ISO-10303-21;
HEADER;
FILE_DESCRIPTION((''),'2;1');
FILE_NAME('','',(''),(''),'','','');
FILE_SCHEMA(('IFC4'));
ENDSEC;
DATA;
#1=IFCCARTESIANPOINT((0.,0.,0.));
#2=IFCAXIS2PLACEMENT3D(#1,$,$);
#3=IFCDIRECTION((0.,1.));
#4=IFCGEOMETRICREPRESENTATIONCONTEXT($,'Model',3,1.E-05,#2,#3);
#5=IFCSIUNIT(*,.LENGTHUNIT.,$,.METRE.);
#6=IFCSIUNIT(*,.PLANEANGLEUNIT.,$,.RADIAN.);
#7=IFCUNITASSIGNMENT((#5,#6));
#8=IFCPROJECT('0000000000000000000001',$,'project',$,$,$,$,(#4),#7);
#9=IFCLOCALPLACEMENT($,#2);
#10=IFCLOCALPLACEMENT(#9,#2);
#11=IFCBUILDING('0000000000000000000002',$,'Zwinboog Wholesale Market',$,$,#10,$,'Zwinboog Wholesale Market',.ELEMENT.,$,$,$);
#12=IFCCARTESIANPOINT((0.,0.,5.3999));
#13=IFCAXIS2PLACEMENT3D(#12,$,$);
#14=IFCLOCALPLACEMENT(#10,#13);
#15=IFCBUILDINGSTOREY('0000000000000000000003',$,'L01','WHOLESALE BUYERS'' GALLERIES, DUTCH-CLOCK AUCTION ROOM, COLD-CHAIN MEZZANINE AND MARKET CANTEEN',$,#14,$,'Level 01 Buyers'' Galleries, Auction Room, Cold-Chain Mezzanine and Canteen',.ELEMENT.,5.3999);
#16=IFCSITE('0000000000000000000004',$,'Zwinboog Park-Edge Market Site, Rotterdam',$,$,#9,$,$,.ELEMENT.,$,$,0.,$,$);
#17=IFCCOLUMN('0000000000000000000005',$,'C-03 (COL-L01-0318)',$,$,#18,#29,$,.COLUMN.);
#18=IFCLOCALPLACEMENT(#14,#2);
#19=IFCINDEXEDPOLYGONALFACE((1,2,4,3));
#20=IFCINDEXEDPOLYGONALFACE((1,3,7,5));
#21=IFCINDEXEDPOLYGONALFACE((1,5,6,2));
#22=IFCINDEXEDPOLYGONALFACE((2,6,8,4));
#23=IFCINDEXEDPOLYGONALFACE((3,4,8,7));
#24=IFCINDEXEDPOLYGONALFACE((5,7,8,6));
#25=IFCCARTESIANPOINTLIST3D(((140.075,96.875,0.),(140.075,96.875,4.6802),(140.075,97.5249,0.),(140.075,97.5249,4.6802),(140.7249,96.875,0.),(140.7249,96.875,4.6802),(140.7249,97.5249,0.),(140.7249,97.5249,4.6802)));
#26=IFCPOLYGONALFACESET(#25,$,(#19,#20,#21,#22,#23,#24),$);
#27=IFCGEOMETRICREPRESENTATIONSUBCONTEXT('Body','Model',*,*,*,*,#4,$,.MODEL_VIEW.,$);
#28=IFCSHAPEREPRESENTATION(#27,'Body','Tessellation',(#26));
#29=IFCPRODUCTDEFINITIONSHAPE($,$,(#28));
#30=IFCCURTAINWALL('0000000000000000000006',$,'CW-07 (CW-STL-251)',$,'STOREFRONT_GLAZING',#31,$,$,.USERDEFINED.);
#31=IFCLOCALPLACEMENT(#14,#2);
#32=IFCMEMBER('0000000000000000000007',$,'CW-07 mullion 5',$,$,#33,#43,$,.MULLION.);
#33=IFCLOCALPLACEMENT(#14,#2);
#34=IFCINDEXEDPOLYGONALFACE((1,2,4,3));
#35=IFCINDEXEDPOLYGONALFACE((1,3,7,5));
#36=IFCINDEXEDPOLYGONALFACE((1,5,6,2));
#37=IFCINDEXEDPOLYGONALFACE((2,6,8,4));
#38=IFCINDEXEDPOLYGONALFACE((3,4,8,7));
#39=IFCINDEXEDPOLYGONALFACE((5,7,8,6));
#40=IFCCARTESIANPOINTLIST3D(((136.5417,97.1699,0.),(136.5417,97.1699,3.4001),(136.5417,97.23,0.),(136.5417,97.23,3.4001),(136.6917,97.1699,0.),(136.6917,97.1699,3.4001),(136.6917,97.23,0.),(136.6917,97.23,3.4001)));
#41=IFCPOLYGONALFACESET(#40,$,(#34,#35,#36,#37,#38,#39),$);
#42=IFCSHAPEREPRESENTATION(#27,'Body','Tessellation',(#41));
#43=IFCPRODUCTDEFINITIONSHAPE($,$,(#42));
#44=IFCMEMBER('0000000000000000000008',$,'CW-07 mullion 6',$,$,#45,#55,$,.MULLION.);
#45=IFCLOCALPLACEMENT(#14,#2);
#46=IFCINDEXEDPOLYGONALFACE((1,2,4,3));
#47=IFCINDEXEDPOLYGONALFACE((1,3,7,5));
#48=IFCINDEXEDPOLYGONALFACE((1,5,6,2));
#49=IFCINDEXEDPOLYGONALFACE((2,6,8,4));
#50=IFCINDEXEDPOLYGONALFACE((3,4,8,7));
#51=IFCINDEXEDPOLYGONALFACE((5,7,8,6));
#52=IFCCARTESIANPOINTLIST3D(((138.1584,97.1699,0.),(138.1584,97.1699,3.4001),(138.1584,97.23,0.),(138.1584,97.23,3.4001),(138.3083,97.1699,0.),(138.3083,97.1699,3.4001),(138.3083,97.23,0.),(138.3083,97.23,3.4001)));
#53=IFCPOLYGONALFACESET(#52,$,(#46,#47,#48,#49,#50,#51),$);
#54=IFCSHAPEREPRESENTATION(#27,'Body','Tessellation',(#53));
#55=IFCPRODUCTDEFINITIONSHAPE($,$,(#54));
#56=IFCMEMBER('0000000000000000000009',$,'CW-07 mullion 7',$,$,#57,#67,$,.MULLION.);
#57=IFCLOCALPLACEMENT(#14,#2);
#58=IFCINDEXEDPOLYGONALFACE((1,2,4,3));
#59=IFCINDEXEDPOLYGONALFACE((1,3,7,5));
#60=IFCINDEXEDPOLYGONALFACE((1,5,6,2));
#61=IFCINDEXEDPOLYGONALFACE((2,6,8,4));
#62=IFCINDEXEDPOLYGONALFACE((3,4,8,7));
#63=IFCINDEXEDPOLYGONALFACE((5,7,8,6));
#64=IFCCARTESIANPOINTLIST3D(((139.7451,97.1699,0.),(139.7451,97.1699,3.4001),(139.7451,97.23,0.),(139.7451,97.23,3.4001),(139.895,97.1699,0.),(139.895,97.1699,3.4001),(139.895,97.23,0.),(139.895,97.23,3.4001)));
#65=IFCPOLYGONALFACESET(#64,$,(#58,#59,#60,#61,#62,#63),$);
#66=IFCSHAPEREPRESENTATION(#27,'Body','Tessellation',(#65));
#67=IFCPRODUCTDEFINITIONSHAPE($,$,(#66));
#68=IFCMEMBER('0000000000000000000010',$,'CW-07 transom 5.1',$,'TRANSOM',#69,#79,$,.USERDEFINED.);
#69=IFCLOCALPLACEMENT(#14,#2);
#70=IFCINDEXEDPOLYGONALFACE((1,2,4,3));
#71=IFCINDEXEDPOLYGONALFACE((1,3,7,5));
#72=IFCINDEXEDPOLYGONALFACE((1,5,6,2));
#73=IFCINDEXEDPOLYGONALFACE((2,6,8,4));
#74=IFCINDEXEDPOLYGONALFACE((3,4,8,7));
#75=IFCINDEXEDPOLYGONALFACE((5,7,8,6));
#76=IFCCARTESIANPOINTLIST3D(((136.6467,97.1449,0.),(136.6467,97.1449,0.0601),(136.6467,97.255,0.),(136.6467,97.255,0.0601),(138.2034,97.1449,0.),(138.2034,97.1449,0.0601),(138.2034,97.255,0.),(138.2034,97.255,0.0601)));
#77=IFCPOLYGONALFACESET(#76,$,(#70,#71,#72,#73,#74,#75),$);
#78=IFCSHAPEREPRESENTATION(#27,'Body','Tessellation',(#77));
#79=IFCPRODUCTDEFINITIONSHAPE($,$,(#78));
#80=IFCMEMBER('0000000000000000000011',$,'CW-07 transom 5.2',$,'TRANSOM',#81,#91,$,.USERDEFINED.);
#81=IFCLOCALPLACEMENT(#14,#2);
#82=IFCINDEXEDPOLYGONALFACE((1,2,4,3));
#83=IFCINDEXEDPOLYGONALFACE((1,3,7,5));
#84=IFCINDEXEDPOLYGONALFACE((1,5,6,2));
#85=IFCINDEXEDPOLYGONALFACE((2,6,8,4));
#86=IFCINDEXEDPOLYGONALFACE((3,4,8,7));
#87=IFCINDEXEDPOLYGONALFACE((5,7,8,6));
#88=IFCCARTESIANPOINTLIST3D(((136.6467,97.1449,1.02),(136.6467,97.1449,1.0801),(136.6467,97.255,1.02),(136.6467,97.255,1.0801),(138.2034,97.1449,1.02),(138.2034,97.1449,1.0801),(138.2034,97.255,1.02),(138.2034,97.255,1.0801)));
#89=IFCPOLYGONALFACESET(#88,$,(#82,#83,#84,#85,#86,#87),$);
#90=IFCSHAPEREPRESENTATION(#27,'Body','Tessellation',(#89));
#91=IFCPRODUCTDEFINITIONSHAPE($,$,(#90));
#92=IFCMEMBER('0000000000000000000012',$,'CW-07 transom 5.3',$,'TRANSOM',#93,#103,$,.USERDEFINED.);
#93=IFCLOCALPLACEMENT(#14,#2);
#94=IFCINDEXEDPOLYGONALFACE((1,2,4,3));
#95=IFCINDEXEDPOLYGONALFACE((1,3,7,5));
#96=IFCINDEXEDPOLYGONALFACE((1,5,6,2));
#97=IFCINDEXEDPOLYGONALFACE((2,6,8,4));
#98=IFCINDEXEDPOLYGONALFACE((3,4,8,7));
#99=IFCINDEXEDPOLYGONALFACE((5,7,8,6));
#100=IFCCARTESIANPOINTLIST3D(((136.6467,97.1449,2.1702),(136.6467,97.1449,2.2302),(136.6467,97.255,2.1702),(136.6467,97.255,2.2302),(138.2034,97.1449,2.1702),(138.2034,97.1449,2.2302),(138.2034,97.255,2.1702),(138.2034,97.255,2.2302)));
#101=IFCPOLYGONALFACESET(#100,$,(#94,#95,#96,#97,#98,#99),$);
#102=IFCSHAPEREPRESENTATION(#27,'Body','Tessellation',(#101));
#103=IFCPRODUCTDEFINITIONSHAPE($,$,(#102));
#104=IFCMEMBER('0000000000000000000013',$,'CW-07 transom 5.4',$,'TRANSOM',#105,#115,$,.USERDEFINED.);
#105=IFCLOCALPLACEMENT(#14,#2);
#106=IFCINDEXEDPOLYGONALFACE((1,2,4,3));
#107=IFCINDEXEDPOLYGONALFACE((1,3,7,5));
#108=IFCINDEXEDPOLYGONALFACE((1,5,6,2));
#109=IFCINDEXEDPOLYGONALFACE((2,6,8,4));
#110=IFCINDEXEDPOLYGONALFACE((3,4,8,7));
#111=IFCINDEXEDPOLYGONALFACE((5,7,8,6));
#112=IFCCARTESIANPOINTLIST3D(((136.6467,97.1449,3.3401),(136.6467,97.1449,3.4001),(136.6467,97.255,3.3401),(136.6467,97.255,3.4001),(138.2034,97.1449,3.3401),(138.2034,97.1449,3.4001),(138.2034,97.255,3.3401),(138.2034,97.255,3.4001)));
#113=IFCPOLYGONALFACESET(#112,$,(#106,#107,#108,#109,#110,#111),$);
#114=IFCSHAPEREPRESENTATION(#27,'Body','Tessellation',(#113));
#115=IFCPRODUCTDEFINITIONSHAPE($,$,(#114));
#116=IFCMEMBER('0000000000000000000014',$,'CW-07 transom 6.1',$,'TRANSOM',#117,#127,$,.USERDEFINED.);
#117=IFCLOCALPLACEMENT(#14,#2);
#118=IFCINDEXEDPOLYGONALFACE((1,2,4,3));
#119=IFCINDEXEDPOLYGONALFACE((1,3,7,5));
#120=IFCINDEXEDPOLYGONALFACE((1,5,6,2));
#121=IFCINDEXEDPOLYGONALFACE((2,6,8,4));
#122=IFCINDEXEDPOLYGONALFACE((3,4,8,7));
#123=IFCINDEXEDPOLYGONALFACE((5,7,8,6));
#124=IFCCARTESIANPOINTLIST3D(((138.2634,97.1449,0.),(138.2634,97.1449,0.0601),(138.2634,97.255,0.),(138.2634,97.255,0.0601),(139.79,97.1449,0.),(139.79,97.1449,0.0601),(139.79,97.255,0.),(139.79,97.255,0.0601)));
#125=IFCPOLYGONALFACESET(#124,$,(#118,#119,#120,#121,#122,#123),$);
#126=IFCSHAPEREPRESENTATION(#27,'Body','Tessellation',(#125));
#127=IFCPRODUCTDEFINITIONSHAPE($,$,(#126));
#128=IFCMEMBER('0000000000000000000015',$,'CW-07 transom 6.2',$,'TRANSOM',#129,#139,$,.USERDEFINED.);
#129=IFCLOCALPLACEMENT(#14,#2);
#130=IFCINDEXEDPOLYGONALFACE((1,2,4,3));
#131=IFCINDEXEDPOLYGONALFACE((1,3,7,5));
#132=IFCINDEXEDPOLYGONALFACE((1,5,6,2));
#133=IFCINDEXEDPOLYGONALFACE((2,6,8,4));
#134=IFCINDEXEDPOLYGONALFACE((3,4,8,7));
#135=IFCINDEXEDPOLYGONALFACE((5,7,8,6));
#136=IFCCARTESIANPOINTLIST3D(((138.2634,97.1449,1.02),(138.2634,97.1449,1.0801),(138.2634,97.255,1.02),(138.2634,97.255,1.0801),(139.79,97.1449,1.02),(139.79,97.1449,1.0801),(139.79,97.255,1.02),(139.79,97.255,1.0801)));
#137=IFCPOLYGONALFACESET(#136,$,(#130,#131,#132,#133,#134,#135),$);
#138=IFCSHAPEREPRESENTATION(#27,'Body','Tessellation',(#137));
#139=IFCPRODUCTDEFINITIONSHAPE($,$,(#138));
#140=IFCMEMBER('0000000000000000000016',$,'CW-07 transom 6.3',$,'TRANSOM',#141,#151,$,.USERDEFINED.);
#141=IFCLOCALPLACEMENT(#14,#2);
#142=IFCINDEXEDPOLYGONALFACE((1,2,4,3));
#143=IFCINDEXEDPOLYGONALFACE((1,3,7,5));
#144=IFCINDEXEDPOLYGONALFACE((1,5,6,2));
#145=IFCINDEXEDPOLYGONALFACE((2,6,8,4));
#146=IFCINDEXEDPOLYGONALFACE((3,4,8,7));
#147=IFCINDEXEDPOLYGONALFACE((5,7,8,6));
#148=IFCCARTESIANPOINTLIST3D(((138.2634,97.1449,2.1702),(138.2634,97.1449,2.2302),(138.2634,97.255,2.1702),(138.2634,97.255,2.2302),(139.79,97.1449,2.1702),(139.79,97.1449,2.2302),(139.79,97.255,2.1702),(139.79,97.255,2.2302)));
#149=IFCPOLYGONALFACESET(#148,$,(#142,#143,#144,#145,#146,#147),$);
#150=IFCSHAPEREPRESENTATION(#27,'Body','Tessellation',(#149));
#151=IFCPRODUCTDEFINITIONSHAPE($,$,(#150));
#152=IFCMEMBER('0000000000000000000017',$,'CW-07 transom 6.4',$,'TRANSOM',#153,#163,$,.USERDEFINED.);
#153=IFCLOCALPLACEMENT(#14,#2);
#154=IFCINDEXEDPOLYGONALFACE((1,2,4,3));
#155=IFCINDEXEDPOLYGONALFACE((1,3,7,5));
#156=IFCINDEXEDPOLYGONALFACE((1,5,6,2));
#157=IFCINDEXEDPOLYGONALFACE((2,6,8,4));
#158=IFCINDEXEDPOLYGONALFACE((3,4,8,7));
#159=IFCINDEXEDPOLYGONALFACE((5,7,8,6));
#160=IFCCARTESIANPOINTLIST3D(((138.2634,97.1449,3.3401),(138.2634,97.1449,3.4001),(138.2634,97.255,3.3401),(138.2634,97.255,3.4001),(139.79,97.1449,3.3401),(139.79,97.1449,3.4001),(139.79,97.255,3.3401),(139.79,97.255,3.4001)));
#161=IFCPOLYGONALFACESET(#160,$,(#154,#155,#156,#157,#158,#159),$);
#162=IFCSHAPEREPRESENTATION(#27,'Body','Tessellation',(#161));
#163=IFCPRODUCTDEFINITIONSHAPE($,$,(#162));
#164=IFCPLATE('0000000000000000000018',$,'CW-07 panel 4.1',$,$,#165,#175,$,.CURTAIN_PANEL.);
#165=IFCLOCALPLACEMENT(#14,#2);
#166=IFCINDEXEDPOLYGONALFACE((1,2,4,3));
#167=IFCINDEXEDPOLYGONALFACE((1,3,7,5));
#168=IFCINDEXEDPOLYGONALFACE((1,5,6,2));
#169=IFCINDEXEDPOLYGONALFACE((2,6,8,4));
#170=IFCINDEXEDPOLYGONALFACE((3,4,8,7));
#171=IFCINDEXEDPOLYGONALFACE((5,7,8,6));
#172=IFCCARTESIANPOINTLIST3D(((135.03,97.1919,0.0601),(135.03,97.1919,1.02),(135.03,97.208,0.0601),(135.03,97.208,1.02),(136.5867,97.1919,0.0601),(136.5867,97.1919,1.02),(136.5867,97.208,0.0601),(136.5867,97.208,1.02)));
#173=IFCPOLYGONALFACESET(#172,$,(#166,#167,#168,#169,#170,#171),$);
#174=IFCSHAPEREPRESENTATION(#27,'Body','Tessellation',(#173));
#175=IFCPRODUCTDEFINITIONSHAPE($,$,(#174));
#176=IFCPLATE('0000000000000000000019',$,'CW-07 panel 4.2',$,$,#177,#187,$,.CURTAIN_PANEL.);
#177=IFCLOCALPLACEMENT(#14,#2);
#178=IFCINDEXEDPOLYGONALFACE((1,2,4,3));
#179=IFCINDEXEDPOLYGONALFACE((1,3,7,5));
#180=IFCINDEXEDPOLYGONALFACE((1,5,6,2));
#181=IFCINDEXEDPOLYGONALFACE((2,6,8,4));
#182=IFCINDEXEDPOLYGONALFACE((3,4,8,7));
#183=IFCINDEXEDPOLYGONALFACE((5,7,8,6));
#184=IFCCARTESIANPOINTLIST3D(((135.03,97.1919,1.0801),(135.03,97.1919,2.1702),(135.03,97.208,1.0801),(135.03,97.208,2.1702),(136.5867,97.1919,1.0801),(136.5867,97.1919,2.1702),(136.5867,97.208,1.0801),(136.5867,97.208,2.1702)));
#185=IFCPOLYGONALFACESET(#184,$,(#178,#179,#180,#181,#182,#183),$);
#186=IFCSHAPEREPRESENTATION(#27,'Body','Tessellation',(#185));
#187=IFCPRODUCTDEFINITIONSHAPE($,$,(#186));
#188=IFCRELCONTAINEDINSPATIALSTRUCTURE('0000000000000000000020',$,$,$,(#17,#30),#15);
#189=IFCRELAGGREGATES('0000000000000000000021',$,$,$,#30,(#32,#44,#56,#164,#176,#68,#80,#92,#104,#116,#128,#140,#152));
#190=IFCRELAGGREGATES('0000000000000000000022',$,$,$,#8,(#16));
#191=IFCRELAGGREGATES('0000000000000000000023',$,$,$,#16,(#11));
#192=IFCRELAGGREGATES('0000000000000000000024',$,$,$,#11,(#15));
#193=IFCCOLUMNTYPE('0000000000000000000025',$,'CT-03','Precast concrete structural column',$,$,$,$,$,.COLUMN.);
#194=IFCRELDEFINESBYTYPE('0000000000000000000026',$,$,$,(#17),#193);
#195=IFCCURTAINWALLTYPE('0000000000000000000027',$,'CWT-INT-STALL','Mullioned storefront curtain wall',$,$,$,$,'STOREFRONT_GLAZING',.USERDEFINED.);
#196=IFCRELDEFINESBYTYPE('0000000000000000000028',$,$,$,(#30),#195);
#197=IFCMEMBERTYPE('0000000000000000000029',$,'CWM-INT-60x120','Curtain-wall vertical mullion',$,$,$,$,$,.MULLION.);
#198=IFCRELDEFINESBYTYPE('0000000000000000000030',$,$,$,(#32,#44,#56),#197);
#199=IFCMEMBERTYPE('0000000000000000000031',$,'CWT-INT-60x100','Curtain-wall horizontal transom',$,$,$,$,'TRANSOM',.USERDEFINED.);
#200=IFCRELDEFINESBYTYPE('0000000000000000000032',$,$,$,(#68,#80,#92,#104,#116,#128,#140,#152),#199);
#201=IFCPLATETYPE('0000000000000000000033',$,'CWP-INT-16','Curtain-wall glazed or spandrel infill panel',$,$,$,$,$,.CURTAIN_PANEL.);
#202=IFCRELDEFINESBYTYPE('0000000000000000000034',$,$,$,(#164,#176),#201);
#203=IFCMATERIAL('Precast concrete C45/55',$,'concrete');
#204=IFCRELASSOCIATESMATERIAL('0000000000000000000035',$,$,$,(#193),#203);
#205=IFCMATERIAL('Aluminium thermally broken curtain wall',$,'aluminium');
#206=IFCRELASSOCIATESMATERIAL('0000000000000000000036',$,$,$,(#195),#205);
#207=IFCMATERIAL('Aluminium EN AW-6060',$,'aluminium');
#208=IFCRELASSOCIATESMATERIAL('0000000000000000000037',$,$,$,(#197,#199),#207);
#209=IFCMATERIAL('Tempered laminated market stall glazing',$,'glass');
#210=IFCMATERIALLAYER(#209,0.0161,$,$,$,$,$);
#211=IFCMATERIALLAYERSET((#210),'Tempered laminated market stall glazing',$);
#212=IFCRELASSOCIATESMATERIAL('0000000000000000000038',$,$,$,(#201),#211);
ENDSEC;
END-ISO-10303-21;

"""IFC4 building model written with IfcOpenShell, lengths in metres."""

from ifc_helpers import new_model, si_unit, direction, frame, origin, origin_2d, place, context, subcontext, project, spatial, rectangle, extrude, material, layer, layer_set, material_profile, profile_set, type_object, element, aggregate, save


model = new_model("IFC4")

# Units and contexts
model_context = context("Model", 3, precision=1e-05, world=origin(), true_north=direction((0.0, 1.0)))
body_context = subcontext(model_context, "Body", "Model", "MODEL_VIEW")
ifc_project = project(units=[si_unit("LENGTHUNIT", "METRE"), si_unit("PLANEANGLEUNIT", "RADIAN")], contexts=[model_context])

# Site, building, storey
site_placement = place(None, origin())
site = spatial("IfcSite", under=ifc_project, at=site_placement, Name="Zwinboog Park-Edge Market Site, Rotterdam", CompositionType="ELEMENT", RefElevation=0.0)
building_placement = place(site_placement, origin())
building = spatial("IfcBuilding", under=site, at=building_placement, Name="Zwinboog Wholesale Market", LongName="Zwinboog Wholesale Market", CompositionType="ELEMENT")
storey_placement = place(building_placement, frame((0.0, 0.0, 5.3999)))
storey = spatial("IfcBuildingStorey", under=building, at=storey_placement, Name="L01", Description="WHOLESALE BUYERS' GALLERIES, DUTCH-CLOCK AUCTION ROOM, COLD-CHAIN MEZZANINE AND MARKET CANTEEN", LongName="Level 01 Buyers' Galleries, Auction Room, Cold-Chain Mezzanine and Canteen", CompositionType="ELEMENT", Elevation=5.3999)

# Column
ifc_material_1 = material(Name="Precast concrete C45/55", Category="concrete")
ifc_material_profile_1 = material_profile(ifc_material_1, rectangle(XDim=0.6499, YDim=0.6499, at=origin_2d()), Name="PC 650x650")
ifc_profile_set_1 = profile_set([ifc_material_profile_1], Name="Precast concrete C45/55")
column_type = type_object("IfcColumnType", Name="CT-03", Description="Precast concrete structural column", PredefinedType="COLUMN", material=ifc_profile_set_1)
column_placement = place(storey_placement, frame((140.3999, 97.2, 0.0), z_axis=(0.0, 0.0, 1.0), x_axis=(1.0, 0.0, 0.0)))
element("IfcColumn", 1, at=column_placement, inside=storey, type_object=column_type, Name="C-03 (COL-L01-0318)", PredefinedType="COLUMN", context=body_context, shape_type="SweptSolid", body=[
    extrude(rectangle(XDim=0.6499, YDim=0.6499, at=origin_2d()), origin(), (0.0, 0.0, 1.0), 4.6802),
])

# Curtain wall, members, plates
ifc_material_2 = material(Name="Aluminium thermally broken curtain wall", Category="aluminium")
curtain_wall_type = type_object("IfcCurtainWallType", Name="CWT-INT-STALL", Description="Mullioned storefront curtain wall", ElementType="STOREFRONT_GLAZING", PredefinedType="USERDEFINED", material=ifc_material_2)
curtain_wall_placement = place(storey_placement, origin())
curtain_wall = element("IfcCurtainWall", 2, at=curtain_wall_placement, inside=storey, type_object=curtain_wall_type, Name="CW-07 (CW-STL-251)", ObjectType="STOREFRONT_GLAZING", PredefinedType="USERDEFINED")
ifc_material_3 = material(Name="Aluminium EN AW-6060", Category="aluminium")
ifc_material_profile_2 = material_profile(ifc_material_3, rectangle(XDim=0.0601, YDim=0.1499, at=origin_2d()), Name="AL 60x150")
ifc_profile_set_2 = profile_set([ifc_material_profile_2], Name="Aluminium EN AW-6060")
member_type_1 = type_object("IfcMemberType", Name="CWM-INT-60x120", Description="Curtain-wall vertical mullion", PredefinedType="MULLION", material=ifc_profile_set_2)
member_1_placement = place(storey_placement, frame((136.6167, 97.2, 0.0), z_axis=(0.0, 0.0, 1.0), x_axis=(0.0, 1.0, 0.0)))
member_1 = element("IfcMember", 3, at=member_1_placement, type_object=member_type_1, Name="CW-07 mullion 5", PredefinedType="MULLION", context=body_context, shape_type="SweptSolid", body=[
    extrude(rectangle(XDim=0.0601, YDim=0.1499, at=origin_2d()), origin(), (0.0, 0.0, 1.0), 3.4001),
])
member_2_placement = place(storey_placement, frame((138.2334, 97.2, 0.0), z_axis=(0.0, 0.0, 1.0), x_axis=(0.0, 1.0, 0.0)))
member_2 = element("IfcMember", 4, at=member_2_placement, type_object=member_type_1, Name="CW-07 mullion 6", PredefinedType="MULLION", context=body_context, shape_type="SweptSolid", body=[
    extrude(rectangle(XDim=0.0601, YDim=0.1499, at=origin_2d()), origin(), (0.0, 0.0, 1.0), 3.4001),
])
member_3_placement = place(storey_placement, frame((139.8201, 97.2, 0.0), z_axis=(0.0, 0.0, 1.0), x_axis=(0.0, 1.0, 0.0)))
member_3 = element("IfcMember", 5, at=member_3_placement, type_object=member_type_1, Name="CW-07 mullion 7", PredefinedType="MULLION", context=body_context, shape_type="SweptSolid", body=[
    extrude(rectangle(XDim=0.0601, YDim=0.1499, at=origin_2d()), origin(), (0.0, 0.0, 1.0), 3.4001),
])
ifc_material_profile_3 = material_profile(ifc_material_3, rectangle(XDim=0.1101, YDim=0.0601, at=origin_2d()), Name="AL 60x110")
ifc_profile_set_3 = profile_set([ifc_material_profile_3], Name="Aluminium EN AW-6060")
member_type_2 = type_object("IfcMemberType", Name="CWT-INT-60x100", Description="Curtain-wall horizontal transom", ElementType="TRANSOM", PredefinedType="USERDEFINED", material=ifc_profile_set_3)
member_4_placement = place(storey_placement, frame((136.6467, 97.2, 0.03), z_axis=(1.0, 0.0, 0.0), x_axis=(0.0, 1.0, 0.0)))
member_4 = element("IfcMember", 6, at=member_4_placement, type_object=member_type_2, Name="CW-07 transom 5.1", ObjectType="TRANSOM", PredefinedType="USERDEFINED", context=body_context, shape_type="SweptSolid", body=[
    extrude(rectangle(XDim=0.1101, YDim=0.0601, at=origin_2d()), origin(), (0.0, 0.0, 1.0), 1.5566),
])
member_5_placement = place(storey_placement, frame((136.6467, 97.2, 1.05), z_axis=(1.0, 0.0, 0.0), x_axis=(0.0, 1.0, 0.0)))
member_5 = element("IfcMember", 7, at=member_5_placement, type_object=member_type_2, Name="CW-07 transom 5.2", ObjectType="TRANSOM", PredefinedType="USERDEFINED", context=body_context, shape_type="SweptSolid", body=[
    extrude(rectangle(XDim=0.1101, YDim=0.0601, at=origin_2d()), origin(), (0.0, 0.0, 1.0), 1.5566),
])
member_6_placement = place(storey_placement, frame((136.6467, 97.2, 2.2002), z_axis=(1.0, 0.0, 0.0), x_axis=(0.0, 1.0, 0.0)))
member_6 = element("IfcMember", 8, at=member_6_placement, type_object=member_type_2, Name="CW-07 transom 5.3", ObjectType="TRANSOM", PredefinedType="USERDEFINED", context=body_context, shape_type="SweptSolid", body=[
    extrude(rectangle(XDim=0.1101, YDim=0.0601, at=origin_2d()), origin(), (0.0, 0.0, 1.0), 1.5566),
])
member_7_placement = place(storey_placement, frame((136.6467, 97.2, 3.3701), z_axis=(1.0, 0.0, 0.0), x_axis=(0.0, 1.0, 0.0)))
member_7 = element("IfcMember", 9, at=member_7_placement, type_object=member_type_2, Name="CW-07 transom 5.4", ObjectType="TRANSOM", PredefinedType="USERDEFINED", context=body_context, shape_type="SweptSolid", body=[
    extrude(rectangle(XDim=0.1101, YDim=0.0601, at=origin_2d()), origin(), (0.0, 0.0, 1.0), 1.5566),
])
member_8_placement = place(storey_placement, frame((138.2634, 97.2, 0.03), z_axis=(1.0, 0.0, 0.0), x_axis=(0.0, 1.0, 0.0)))
member_8 = element("IfcMember", 10, at=member_8_placement, type_object=member_type_2, Name="CW-07 transom 6.1", ObjectType="TRANSOM", PredefinedType="USERDEFINED", context=body_context, shape_type="SweptSolid", body=[
    extrude(rectangle(XDim=0.1101, YDim=0.0601, at=origin_2d()), origin(), (0.0, 0.0, 1.0), 1.5266),
])
member_9_placement = place(storey_placement, frame((138.2634, 97.2, 1.05), z_axis=(1.0, 0.0, 0.0), x_axis=(0.0, 1.0, 0.0)))
member_9 = element("IfcMember", 11, at=member_9_placement, type_object=member_type_2, Name="CW-07 transom 6.2", ObjectType="TRANSOM", PredefinedType="USERDEFINED", context=body_context, shape_type="SweptSolid", body=[
    extrude(rectangle(XDim=0.1101, YDim=0.0601, at=origin_2d()), origin(), (0.0, 0.0, 1.0), 1.5266),
])
member_10_placement = place(storey_placement, frame((138.2634, 97.2, 2.2002), z_axis=(1.0, 0.0, 0.0), x_axis=(0.0, 1.0, 0.0)))
member_10 = element("IfcMember", 12, at=member_10_placement, type_object=member_type_2, Name="CW-07 transom 6.3", ObjectType="TRANSOM", PredefinedType="USERDEFINED", context=body_context, shape_type="SweptSolid", body=[
    extrude(rectangle(XDim=0.1101, YDim=0.0601, at=origin_2d()), origin(), (0.0, 0.0, 1.0), 1.5266),
])
member_11_placement = place(storey_placement, frame((138.2634, 97.2, 3.3701), z_axis=(1.0, 0.0, 0.0), x_axis=(0.0, 1.0, 0.0)))
member_11 = element("IfcMember", 13, at=member_11_placement, type_object=member_type_2, Name="CW-07 transom 6.4", ObjectType="TRANSOM", PredefinedType="USERDEFINED", context=body_context, shape_type="SweptSolid", body=[
    extrude(rectangle(XDim=0.1101, YDim=0.0601, at=origin_2d()), origin(), (0.0, 0.0, 1.0), 1.5266),
])
ifc_material_4 = material(Name="Tempered laminated market stall glazing", Category="glass")
ifc_layer = layer(ifc_material_4, 0.0161)
ifc_layer_set = layer_set([ifc_layer], Name="Tempered laminated market stall glazing")
plate_type = type_object("IfcPlateType", Name="CWP-INT-16", Description="Curtain-wall glazed or spandrel infill panel", PredefinedType="CURTAIN_PANEL", material=ifc_layer_set)
plate_1_placement = place(storey_placement, frame((135.8083, 97.2, 0.0601), z_axis=(0.0, 0.0, 1.0), x_axis=(1.0, 0.0, 0.0)))
plate_1 = element("IfcPlate", 14, at=plate_1_placement, type_object=plate_type, Name="CW-07 panel 4.1", PredefinedType="CURTAIN_PANEL", context=body_context, shape_type="SweptSolid", body=[
    extrude(rectangle(XDim=1.5566, YDim=0.0161, at=origin_2d()), origin(), (0.0, 0.0, 1.0), 0.96),
])
plate_2_placement = place(storey_placement, frame((135.8083, 97.2, 1.0801), z_axis=(0.0, 0.0, 1.0), x_axis=(1.0, 0.0, 0.0)))
plate_2 = element("IfcPlate", 15, at=plate_2_placement, type_object=plate_type, Name="CW-07 panel 4.2", PredefinedType="CURTAIN_PANEL", context=body_context, shape_type="SweptSolid", body=[
    extrude(rectangle(XDim=1.5566, YDim=0.0161, at=origin_2d()), origin(), (0.0, 0.0, 1.0), 1.0901),
])
aggregate(curtain_wall, [member_1, member_2, member_3, plate_1, plate_2, member_4, member_5, member_6, member_7, member_8, member_9, member_10, member_11])

save(model, "model.ifc")
